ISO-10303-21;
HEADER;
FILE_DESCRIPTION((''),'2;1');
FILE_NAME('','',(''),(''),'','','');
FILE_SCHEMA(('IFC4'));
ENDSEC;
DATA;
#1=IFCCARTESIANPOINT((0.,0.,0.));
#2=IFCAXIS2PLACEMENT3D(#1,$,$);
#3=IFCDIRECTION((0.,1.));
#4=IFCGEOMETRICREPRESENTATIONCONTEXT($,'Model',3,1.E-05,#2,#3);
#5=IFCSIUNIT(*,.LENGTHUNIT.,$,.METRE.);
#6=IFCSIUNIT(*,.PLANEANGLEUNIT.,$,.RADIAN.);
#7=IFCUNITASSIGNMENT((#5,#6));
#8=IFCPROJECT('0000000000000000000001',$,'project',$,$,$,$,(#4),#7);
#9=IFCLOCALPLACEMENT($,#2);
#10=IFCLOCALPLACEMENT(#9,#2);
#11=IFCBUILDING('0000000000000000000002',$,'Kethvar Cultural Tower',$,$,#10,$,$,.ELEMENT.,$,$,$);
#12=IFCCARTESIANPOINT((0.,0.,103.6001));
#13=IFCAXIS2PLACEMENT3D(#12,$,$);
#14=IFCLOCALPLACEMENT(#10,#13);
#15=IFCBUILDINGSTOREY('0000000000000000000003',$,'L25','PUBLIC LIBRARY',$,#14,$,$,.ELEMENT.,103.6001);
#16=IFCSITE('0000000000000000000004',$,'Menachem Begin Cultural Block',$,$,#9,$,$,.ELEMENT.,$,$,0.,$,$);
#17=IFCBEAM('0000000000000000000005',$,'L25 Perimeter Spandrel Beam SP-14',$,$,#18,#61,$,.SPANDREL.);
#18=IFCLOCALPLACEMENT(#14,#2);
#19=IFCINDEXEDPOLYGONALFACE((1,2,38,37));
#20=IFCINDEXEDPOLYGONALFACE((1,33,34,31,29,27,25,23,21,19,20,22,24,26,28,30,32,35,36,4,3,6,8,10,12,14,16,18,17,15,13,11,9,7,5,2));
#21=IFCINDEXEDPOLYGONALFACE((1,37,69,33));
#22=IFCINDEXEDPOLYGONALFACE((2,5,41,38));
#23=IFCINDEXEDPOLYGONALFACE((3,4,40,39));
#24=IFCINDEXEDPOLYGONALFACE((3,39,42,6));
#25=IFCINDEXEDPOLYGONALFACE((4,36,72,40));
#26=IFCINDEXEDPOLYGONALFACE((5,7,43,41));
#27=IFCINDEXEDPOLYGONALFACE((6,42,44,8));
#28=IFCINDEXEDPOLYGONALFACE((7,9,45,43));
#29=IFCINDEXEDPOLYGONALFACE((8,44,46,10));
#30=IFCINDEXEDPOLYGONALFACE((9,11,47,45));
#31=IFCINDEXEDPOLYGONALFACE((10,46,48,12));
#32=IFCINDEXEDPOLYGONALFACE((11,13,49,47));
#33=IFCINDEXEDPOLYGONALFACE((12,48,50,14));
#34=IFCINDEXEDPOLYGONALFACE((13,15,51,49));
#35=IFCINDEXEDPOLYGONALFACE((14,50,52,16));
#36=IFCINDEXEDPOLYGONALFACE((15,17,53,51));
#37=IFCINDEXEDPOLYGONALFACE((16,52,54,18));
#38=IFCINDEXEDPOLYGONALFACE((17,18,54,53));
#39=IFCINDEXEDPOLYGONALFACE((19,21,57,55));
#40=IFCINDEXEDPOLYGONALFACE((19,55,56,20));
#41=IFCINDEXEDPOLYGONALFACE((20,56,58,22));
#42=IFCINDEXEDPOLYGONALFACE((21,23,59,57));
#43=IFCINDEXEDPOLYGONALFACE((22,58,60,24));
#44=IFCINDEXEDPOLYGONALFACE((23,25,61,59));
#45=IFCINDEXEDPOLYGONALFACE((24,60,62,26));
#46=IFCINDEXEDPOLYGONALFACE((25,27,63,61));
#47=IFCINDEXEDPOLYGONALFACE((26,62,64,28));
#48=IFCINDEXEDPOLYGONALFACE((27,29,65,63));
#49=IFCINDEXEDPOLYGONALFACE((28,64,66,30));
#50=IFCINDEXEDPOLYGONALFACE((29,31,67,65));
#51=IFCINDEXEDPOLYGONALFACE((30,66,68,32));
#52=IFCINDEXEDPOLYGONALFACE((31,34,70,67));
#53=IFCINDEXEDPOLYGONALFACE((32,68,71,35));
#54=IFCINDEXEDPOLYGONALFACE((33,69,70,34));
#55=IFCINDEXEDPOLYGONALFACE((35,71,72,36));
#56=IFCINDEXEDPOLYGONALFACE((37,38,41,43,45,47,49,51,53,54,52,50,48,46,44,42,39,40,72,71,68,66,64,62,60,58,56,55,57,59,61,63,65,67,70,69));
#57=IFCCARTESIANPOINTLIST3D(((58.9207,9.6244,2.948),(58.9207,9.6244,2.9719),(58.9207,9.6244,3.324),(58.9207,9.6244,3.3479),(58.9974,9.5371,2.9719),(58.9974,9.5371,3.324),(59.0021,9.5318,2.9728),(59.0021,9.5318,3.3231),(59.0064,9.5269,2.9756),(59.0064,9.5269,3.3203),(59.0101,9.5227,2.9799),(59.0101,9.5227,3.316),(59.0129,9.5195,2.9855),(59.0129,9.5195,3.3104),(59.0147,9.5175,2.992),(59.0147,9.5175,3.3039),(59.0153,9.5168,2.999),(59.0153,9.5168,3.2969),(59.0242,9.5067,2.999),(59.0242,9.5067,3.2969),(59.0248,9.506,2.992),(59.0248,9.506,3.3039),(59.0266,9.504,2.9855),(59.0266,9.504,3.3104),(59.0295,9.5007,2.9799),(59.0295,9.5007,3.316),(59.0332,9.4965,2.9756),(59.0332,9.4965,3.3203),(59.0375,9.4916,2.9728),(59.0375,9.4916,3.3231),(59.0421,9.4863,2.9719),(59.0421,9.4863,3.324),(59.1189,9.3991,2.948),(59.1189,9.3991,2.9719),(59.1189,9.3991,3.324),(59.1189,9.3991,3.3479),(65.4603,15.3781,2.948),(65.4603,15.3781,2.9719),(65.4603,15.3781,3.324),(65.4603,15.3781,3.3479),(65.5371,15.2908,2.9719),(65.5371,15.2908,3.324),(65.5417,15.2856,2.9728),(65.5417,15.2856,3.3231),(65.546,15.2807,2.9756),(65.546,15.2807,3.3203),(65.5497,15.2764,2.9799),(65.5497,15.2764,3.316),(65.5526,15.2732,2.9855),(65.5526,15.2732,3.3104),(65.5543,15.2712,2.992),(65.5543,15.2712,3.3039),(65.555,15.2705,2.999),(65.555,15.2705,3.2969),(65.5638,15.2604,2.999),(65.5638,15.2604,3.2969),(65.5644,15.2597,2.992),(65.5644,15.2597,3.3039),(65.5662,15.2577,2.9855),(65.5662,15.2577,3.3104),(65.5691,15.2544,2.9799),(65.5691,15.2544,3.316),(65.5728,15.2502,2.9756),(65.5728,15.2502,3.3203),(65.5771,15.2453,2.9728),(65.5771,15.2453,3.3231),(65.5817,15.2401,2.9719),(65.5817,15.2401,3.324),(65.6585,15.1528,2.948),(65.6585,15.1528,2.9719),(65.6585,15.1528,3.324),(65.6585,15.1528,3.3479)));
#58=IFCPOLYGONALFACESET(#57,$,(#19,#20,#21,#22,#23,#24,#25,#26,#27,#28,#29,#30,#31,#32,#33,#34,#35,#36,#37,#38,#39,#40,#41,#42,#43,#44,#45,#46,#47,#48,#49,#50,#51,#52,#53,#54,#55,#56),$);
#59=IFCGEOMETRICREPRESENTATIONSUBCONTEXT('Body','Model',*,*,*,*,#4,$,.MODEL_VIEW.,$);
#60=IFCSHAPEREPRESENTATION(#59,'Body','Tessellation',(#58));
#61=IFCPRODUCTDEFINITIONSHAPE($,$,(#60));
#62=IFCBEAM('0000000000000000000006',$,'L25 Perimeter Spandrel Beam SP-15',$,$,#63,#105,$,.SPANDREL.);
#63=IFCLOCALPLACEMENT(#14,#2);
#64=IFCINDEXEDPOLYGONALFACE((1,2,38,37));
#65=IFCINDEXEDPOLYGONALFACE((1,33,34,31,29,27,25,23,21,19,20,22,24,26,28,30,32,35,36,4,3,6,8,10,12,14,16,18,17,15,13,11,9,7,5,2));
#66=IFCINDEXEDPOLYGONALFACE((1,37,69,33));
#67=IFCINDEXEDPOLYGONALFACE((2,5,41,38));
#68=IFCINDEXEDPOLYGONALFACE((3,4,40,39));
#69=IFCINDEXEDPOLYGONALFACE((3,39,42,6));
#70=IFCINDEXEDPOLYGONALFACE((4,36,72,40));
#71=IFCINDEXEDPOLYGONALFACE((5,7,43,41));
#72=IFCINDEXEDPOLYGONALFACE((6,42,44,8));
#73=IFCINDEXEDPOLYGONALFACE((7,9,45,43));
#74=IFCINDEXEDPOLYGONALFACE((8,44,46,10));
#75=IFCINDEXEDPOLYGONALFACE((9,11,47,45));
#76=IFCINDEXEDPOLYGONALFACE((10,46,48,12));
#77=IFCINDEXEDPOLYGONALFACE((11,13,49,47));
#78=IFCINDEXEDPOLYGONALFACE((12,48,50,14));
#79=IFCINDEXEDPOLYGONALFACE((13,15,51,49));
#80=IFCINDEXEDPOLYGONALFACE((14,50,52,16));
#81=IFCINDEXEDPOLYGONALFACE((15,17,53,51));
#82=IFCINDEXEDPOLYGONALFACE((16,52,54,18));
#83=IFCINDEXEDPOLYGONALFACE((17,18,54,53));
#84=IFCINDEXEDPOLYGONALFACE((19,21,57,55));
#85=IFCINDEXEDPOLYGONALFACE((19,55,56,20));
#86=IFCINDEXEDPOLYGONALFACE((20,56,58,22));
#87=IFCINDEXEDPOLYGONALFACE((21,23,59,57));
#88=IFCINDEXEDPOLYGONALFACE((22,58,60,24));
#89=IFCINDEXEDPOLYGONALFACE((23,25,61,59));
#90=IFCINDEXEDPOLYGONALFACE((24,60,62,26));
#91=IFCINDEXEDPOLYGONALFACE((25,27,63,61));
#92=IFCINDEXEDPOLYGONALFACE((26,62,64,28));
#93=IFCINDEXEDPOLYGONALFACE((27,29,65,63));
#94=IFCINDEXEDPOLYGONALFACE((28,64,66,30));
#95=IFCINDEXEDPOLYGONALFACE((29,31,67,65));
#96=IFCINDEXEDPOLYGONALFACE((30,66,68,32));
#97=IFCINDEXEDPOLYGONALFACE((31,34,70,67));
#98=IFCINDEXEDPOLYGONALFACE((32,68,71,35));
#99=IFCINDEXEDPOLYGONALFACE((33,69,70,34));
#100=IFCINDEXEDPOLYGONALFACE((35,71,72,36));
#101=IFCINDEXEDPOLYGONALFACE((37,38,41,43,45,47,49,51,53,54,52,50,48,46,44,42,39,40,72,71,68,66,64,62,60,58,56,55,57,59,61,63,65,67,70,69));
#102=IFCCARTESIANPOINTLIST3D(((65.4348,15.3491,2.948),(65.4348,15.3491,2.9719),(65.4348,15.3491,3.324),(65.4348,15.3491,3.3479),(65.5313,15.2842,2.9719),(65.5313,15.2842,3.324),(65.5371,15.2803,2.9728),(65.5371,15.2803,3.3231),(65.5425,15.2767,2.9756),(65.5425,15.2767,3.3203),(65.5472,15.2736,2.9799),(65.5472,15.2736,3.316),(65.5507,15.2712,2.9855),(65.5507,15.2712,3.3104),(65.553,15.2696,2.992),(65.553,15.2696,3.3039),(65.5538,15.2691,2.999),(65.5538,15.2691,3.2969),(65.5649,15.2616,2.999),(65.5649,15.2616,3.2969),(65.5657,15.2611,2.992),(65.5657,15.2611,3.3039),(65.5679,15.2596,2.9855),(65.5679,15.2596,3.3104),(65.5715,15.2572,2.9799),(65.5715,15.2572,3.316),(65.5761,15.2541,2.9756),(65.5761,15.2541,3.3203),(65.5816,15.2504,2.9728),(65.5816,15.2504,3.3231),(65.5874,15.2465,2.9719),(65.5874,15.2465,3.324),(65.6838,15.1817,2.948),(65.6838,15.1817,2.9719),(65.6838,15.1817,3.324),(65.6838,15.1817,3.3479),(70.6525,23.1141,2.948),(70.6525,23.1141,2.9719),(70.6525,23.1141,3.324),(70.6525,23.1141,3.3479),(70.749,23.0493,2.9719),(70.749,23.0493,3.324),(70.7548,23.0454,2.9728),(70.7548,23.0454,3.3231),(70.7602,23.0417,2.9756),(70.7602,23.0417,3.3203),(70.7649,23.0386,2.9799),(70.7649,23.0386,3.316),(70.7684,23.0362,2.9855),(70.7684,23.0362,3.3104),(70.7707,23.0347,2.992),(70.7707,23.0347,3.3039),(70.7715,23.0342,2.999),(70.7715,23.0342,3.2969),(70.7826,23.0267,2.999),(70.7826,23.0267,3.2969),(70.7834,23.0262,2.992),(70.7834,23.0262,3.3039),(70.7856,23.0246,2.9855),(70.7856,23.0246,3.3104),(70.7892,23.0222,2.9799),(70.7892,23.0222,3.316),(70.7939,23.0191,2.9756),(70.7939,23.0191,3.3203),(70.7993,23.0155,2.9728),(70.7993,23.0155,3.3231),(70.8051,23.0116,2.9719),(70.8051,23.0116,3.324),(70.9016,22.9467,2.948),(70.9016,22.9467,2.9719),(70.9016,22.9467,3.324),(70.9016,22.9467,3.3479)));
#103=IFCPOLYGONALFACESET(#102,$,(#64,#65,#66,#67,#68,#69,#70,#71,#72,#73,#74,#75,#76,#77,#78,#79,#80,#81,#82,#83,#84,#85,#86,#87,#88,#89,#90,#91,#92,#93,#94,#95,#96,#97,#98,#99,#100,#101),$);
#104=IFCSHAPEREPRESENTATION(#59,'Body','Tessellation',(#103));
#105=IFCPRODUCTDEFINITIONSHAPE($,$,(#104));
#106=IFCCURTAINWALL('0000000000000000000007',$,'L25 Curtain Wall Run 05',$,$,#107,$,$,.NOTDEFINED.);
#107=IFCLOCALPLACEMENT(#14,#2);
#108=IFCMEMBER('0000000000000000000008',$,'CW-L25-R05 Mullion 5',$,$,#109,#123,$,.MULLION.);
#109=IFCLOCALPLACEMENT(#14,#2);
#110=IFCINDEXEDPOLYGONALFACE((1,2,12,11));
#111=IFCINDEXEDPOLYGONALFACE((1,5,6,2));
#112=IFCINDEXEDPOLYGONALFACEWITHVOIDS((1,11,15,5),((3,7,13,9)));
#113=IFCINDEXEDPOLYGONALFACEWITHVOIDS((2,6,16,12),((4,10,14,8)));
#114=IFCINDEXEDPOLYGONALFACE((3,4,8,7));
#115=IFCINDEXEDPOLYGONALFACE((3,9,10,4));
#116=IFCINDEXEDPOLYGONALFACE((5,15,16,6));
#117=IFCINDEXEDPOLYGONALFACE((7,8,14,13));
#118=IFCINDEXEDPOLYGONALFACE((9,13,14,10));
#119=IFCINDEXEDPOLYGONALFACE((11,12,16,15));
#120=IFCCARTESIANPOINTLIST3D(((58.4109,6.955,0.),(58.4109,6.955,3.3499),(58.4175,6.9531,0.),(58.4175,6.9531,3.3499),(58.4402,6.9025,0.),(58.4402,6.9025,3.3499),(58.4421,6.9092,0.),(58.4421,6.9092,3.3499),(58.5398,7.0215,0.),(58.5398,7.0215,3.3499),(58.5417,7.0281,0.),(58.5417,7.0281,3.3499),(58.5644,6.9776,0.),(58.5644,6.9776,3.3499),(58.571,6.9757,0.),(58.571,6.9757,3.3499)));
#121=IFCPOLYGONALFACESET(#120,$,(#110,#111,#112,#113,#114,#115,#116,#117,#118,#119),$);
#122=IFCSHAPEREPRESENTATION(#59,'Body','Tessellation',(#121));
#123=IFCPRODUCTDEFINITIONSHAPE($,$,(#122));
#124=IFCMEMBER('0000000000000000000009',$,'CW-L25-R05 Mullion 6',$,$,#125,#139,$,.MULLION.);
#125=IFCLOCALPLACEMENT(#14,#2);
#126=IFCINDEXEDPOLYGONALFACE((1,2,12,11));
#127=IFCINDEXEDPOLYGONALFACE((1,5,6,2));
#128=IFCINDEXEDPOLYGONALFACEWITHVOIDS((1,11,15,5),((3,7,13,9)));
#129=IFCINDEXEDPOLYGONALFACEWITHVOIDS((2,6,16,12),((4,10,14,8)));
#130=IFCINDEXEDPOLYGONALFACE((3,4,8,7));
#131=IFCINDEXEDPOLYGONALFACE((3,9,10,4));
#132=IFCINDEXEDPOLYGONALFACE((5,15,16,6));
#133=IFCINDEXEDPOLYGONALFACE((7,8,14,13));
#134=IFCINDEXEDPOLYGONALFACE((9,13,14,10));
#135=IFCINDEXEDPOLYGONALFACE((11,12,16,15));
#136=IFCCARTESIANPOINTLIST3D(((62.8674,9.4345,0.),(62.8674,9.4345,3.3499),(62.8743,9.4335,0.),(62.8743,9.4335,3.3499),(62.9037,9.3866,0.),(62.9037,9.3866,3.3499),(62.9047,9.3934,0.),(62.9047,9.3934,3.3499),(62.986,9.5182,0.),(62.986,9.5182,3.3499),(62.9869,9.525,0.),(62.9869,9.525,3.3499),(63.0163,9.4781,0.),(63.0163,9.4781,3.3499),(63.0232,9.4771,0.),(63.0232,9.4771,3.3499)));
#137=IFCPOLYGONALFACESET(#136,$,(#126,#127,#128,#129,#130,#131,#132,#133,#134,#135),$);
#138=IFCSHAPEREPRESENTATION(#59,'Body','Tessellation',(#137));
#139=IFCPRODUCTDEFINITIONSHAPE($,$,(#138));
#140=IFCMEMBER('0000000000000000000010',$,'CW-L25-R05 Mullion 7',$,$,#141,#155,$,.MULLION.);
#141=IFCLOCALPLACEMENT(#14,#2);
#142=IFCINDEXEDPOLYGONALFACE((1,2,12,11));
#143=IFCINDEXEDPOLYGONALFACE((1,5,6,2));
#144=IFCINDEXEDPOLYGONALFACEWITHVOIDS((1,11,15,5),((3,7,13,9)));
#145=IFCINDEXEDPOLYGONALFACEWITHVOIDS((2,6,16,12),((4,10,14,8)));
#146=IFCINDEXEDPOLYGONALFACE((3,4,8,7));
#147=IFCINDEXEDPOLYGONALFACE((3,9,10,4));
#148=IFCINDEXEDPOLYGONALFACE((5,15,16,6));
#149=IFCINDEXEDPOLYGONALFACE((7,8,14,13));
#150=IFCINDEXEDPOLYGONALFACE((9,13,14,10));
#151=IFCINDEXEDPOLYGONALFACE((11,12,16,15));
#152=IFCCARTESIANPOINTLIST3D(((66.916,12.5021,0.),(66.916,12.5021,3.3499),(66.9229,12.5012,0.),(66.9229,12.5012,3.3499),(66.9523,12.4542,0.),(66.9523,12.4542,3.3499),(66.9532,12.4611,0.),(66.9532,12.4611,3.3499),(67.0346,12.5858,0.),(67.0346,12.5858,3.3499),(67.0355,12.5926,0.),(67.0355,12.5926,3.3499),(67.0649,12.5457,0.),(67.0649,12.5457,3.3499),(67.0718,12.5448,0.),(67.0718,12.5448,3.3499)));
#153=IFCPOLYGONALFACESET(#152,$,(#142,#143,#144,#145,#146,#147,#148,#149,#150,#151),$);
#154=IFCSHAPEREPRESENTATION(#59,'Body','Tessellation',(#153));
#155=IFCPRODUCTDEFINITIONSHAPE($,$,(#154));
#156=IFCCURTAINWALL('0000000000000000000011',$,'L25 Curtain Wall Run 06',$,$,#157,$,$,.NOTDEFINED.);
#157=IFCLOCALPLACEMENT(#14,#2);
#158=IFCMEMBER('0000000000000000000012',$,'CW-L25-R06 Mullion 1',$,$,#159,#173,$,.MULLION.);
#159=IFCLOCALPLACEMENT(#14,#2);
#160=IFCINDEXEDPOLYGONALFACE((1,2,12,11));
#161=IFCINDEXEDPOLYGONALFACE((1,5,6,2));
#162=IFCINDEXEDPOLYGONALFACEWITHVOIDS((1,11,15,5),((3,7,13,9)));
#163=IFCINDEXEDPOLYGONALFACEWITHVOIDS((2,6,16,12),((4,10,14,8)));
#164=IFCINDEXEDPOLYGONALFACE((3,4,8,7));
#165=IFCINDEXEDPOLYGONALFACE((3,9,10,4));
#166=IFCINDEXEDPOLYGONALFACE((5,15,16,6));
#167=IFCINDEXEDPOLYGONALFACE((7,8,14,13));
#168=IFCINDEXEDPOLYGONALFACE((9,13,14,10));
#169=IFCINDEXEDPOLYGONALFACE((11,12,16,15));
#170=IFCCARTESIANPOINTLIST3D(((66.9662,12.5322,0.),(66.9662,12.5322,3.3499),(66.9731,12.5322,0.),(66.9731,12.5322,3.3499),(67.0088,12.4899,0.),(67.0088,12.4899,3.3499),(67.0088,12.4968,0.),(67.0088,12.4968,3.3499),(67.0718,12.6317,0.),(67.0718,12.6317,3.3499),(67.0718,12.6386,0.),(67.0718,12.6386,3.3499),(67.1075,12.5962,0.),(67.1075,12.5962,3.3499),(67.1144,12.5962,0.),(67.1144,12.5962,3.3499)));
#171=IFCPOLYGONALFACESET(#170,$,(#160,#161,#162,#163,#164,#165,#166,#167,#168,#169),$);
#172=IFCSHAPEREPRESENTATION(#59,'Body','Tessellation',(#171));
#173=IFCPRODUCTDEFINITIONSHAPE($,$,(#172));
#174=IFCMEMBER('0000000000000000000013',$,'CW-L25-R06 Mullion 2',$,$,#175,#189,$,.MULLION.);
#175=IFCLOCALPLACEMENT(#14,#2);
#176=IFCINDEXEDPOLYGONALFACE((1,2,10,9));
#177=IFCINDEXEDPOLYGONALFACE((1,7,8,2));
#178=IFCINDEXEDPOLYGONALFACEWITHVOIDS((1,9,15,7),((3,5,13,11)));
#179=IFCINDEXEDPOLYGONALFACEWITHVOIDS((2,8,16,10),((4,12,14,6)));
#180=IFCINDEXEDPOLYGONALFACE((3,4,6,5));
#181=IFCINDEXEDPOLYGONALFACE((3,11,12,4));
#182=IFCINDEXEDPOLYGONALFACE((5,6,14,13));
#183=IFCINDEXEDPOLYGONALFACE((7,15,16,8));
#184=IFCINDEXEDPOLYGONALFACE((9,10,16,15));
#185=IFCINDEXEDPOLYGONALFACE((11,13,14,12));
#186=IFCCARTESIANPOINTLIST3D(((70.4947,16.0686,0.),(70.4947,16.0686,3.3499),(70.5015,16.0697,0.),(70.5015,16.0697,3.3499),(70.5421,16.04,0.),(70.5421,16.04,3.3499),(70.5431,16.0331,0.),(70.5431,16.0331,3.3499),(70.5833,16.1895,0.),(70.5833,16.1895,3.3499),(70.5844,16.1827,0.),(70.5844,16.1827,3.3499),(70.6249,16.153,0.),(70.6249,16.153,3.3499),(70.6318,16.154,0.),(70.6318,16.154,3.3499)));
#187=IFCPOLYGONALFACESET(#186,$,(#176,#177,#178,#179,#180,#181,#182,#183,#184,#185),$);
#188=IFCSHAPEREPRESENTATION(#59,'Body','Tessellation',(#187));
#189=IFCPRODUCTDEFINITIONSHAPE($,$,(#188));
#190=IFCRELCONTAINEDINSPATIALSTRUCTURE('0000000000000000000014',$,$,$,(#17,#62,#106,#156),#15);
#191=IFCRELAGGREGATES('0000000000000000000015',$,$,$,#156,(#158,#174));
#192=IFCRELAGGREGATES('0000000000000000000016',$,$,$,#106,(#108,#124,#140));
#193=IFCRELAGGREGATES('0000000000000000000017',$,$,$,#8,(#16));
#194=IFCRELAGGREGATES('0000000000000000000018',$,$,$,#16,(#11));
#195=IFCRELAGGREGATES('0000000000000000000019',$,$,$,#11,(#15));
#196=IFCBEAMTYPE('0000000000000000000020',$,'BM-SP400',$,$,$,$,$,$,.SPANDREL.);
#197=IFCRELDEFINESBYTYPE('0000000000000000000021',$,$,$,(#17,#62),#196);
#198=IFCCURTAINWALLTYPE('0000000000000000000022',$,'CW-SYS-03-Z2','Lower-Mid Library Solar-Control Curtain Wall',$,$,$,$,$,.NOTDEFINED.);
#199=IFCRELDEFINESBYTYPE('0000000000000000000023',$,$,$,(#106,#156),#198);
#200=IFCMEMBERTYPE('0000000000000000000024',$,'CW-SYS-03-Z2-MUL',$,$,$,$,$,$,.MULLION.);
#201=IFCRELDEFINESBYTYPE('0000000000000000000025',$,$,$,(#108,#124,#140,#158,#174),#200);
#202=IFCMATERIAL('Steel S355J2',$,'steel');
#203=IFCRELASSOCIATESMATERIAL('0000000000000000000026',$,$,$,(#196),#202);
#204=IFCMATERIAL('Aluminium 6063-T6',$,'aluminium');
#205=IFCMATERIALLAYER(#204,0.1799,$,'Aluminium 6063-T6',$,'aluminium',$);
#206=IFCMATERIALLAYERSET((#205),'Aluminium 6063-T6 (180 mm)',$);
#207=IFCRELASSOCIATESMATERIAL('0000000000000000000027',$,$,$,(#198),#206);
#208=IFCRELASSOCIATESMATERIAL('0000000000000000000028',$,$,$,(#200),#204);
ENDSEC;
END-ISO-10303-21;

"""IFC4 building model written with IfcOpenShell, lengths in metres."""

from ifc_helpers import new_model, si_unit, direction, frame, origin, origin_2d, place, context, subcontext, project, spatial, hollow_rectangle, i_section, extrude, source, transform, mapped, material, layer, layer_set, material_profile, profile_set, type_object, element, aggregate, save


model = new_model("IFC4")

# Units and contexts
model_context = context("Model", 3, precision=1e-05, world=origin(), true_north=direction((0.0, 1.0)))
body_context = subcontext(model_context, "Body", "Model", "MODEL_VIEW")
ifc_project = project(units=[si_unit("LENGTHUNIT", "METRE"), si_unit("PLANEANGLEUNIT", "RADIAN")], contexts=[model_context])

# Site, building, storey
site_placement = place(None, origin())
site = spatial("IfcSite", under=ifc_project, at=site_placement, Name="Menachem Begin Cultural Block", CompositionType="ELEMENT", RefElevation=0.0)
building_placement = place(site_placement, origin())
building = spatial("IfcBuilding", under=site, at=building_placement, Name="Kethvar Cultural Tower", CompositionType="ELEMENT")
storey_placement = place(building_placement, frame((0.0, 0.0, 103.6001)))
storey = spatial("IfcBuildingStorey", under=building, at=storey_placement, Name="L25", Description="PUBLIC LIBRARY", CompositionType="ELEMENT", Elevation=103.6001)

# Beams
ifc_material_1 = material(Name="Steel S355J2", Category="steel")
ifc_material_profile_1 = material_profile(ifc_material_1, i_section(OverallWidth=0.3, OverallDepth=0.3999, WebThickness=0.0134, FlangeThickness=0.0239, FilletRadius=0.0271, at=origin_2d()), Name="Steel S355J2 — HEB400")
ifc_profile_set_1 = profile_set([ifc_material_profile_1], Name="Steel S355J2 — HEB400")
beam_type_1 = type_object("IfcBeamType", Name="BM-SP400", PredefinedType="SPANDREL", material=ifc_profile_set_1)
shared_shape_1 = source(origin(), body_context, "Body", "SweptSolid", [
    extrude(i_section(OverallWidth=0.3, OverallDepth=0.3999, WebThickness=0.0134, FlangeThickness=0.0239, FilletRadius=0.0271, at=origin_2d()), origin(), (0.0, 0.0, 1.0), 8.7104),
])
beam_1_placement = place(storey_placement, frame((59.0198, 9.5117, 3.1479), z_axis=(0.750779, 0.660554, 0.0), x_axis=(-0.660554, 0.750779, 0.0)))
element("IfcBeam", 1, at=beam_1_placement, inside=storey, type_object=beam_type_1, Name="L25 Perimeter Spandrel Beam SP-14", PredefinedType="SPANDREL", context=body_context, shape_type="MappedRepresentation", body=[
    mapped(shared_shape_1, transform((0.0, 0.0, 0.0), scale=1.0)),
])
shared_shape_2 = source(origin(), body_context, "Body", "SweptSolid", [
    extrude(i_section(OverallWidth=0.3, OverallDepth=0.3999, WebThickness=0.0134, FlangeThickness=0.0239, FilletRadius=0.0271, at=origin_2d()), origin(), (0.0, 0.0, 1.0), 9.3552),
])
beam_2_placement = place(storey_placement, frame((65.5593, 15.2654, 3.1479), z_axis=(0.557732, 0.830021, 0.0), x_axis=(-0.830021, 0.557732, 0.0)))
element("IfcBeam", 2, at=beam_2_placement, inside=storey, type_object=beam_type_1, Name="L25 Perimeter Spandrel Beam SP-15", PredefinedType="SPANDREL", context=body_context, shape_type="MappedRepresentation", body=[
    mapped(shared_shape_2, transform((0.0, 0.0, 0.0), scale=1.0)),
])

# Curtain walls, members
ifc_material_2 = material(Name="Aluminium 6063-T6", Category="aluminium")
ifc_layer_1 = layer(ifc_material_2, 0.1799, Name="Aluminium 6063-T6", Category="aluminium")
ifc_layer_set_1 = layer_set([ifc_layer_1], Name="Aluminium 6063-T6 (180 mm)")
curtain_wall_type = type_object("IfcCurtainWallType", Name="CW-SYS-03-Z2", Description="Lower-Mid Library Solar-Control Curtain Wall", PredefinedType="NOTDEFINED", material=ifc_layer_set_1)
curtain_wall_1_placement = place(storey_placement, origin())
curtain_wall_1 = element("IfcCurtainWall", 3, at=curtain_wall_1_placement, inside=storey, type_object=curtain_wall_type, Name="L25 Curtain Wall Run 05", PredefinedType="NOTDEFINED")
ifc_material_profile_2 = material_profile(ifc_material_2, hollow_rectangle(XDim=0.0601, YDim=0.1499, WallThickness=0.0049, at=origin_2d()), Name="Aluminium 6063-T6 — RHS150x60x5")
ifc_profile_set_2 = profile_set([ifc_material_profile_2], Name="Aluminium 6063-T6 — RHS150x60x5")
member_type_1 = type_object("IfcMemberType", Name="CW-SYS-03-Z2-MUL", PredefinedType="MULLION", material=ifc_profile_set_2)
shared_shape_3 = source(origin(), body_context, "Body", "SweptSolid", [
    extrude(hollow_rectangle(XDim=0.0601, YDim=0.1499, WallThickness=0.0049, at=origin_2d()), origin(), (0.0, 0.0, 1.0), 3.3499),
])
member_1_placement = place(storey_placement, frame((58.491, 6.9653, 0.0), z_axis=(0.0, 0.0, 1.0), x_axis=(-0.48818, 0.872743, 0.0)))
member_1 = element("IfcMember", 4, at=member_1_placement, type_object=member_type_1, Name="CW-L25-R05 Mullion 5", PredefinedType="MULLION", context=body_context, shape_type="MappedRepresentation", body=[
    mapped(shared_shape_3, transform((0.0, 0.0, 0.0), scale=1.0)),
])
member_2_placement = place(storey_placement, frame((62.9453, 9.4558, 0.0), z_axis=(0.0, 0.0, 1.0), x_axis=(-0.603959, 0.797015, 0.0)))
member_2 = element("IfcMember", 5, at=member_2_placement, type_object=member_type_1, Name="CW-L25-R05 Mullion 6", PredefinedType="MULLION", context=body_context, shape_type="MappedRepresentation", body=[
    mapped(shared_shape_3, transform((0.0, 0.0, 0.0), scale=1.0)),
])
member_3_placement = place(storey_placement, frame((66.9939, 12.5234, 0.0), z_axis=(0.0, 0.0, 1.0), x_axis=(-0.603959, 0.797015, 0.0)))
member_3 = element("IfcMember", 6, at=member_3_placement, type_object=member_type_1, Name="CW-L25-R05 Mullion 7", PredefinedType="MULLION", context=body_context, shape_type="MappedRepresentation", body=[
    mapped(shared_shape_3, transform((0.0, 0.0, 0.0), scale=1.0)),
])
curtain_wall_2_placement = place(storey_placement, origin())
curtain_wall_2 = element("IfcCurtainWall", 7, at=curtain_wall_2_placement, inside=storey, type_object=curtain_wall_type, Name="L25 Curtain Wall Run 06", PredefinedType="NOTDEFINED")
member_4_placement = place(storey_placement, frame((67.0403, 12.5642, 0.0), z_axis=(0.0, 0.0, 1.0), x_axis=(-0.709718, 0.704486, 0.0)))
member_4 = element("IfcMember", 8, at=member_4_placement, type_object=member_type_1, Name="CW-L25-R06 Mullion 1", PredefinedType="MULLION", context=body_context, shape_type="MappedRepresentation", body=[
    mapped(shared_shape_3, transform((0.0, 0.0, 0.0), scale=1.0)),
])
member_5_placement = place(storey_placement, frame((70.5632, 16.1113, 0.0), z_axis=(0.0, 0.0, 1.0), x_axis=(-0.806445, 0.59131, 0.0)))
member_5 = element("IfcMember", 9, at=member_5_placement, type_object=member_type_1, Name="CW-L25-R06 Mullion 2", PredefinedType="MULLION", context=body_context, shape_type="MappedRepresentation", body=[
    mapped(shared_shape_3, transform((0.0, 0.0, 0.0), scale=1.0)),
])

aggregate(curtain_wall_2, [member_4, member_5])
aggregate(curtain_wall_1, [member_1, member_2, member_3])

save(model, "model.ifc")
